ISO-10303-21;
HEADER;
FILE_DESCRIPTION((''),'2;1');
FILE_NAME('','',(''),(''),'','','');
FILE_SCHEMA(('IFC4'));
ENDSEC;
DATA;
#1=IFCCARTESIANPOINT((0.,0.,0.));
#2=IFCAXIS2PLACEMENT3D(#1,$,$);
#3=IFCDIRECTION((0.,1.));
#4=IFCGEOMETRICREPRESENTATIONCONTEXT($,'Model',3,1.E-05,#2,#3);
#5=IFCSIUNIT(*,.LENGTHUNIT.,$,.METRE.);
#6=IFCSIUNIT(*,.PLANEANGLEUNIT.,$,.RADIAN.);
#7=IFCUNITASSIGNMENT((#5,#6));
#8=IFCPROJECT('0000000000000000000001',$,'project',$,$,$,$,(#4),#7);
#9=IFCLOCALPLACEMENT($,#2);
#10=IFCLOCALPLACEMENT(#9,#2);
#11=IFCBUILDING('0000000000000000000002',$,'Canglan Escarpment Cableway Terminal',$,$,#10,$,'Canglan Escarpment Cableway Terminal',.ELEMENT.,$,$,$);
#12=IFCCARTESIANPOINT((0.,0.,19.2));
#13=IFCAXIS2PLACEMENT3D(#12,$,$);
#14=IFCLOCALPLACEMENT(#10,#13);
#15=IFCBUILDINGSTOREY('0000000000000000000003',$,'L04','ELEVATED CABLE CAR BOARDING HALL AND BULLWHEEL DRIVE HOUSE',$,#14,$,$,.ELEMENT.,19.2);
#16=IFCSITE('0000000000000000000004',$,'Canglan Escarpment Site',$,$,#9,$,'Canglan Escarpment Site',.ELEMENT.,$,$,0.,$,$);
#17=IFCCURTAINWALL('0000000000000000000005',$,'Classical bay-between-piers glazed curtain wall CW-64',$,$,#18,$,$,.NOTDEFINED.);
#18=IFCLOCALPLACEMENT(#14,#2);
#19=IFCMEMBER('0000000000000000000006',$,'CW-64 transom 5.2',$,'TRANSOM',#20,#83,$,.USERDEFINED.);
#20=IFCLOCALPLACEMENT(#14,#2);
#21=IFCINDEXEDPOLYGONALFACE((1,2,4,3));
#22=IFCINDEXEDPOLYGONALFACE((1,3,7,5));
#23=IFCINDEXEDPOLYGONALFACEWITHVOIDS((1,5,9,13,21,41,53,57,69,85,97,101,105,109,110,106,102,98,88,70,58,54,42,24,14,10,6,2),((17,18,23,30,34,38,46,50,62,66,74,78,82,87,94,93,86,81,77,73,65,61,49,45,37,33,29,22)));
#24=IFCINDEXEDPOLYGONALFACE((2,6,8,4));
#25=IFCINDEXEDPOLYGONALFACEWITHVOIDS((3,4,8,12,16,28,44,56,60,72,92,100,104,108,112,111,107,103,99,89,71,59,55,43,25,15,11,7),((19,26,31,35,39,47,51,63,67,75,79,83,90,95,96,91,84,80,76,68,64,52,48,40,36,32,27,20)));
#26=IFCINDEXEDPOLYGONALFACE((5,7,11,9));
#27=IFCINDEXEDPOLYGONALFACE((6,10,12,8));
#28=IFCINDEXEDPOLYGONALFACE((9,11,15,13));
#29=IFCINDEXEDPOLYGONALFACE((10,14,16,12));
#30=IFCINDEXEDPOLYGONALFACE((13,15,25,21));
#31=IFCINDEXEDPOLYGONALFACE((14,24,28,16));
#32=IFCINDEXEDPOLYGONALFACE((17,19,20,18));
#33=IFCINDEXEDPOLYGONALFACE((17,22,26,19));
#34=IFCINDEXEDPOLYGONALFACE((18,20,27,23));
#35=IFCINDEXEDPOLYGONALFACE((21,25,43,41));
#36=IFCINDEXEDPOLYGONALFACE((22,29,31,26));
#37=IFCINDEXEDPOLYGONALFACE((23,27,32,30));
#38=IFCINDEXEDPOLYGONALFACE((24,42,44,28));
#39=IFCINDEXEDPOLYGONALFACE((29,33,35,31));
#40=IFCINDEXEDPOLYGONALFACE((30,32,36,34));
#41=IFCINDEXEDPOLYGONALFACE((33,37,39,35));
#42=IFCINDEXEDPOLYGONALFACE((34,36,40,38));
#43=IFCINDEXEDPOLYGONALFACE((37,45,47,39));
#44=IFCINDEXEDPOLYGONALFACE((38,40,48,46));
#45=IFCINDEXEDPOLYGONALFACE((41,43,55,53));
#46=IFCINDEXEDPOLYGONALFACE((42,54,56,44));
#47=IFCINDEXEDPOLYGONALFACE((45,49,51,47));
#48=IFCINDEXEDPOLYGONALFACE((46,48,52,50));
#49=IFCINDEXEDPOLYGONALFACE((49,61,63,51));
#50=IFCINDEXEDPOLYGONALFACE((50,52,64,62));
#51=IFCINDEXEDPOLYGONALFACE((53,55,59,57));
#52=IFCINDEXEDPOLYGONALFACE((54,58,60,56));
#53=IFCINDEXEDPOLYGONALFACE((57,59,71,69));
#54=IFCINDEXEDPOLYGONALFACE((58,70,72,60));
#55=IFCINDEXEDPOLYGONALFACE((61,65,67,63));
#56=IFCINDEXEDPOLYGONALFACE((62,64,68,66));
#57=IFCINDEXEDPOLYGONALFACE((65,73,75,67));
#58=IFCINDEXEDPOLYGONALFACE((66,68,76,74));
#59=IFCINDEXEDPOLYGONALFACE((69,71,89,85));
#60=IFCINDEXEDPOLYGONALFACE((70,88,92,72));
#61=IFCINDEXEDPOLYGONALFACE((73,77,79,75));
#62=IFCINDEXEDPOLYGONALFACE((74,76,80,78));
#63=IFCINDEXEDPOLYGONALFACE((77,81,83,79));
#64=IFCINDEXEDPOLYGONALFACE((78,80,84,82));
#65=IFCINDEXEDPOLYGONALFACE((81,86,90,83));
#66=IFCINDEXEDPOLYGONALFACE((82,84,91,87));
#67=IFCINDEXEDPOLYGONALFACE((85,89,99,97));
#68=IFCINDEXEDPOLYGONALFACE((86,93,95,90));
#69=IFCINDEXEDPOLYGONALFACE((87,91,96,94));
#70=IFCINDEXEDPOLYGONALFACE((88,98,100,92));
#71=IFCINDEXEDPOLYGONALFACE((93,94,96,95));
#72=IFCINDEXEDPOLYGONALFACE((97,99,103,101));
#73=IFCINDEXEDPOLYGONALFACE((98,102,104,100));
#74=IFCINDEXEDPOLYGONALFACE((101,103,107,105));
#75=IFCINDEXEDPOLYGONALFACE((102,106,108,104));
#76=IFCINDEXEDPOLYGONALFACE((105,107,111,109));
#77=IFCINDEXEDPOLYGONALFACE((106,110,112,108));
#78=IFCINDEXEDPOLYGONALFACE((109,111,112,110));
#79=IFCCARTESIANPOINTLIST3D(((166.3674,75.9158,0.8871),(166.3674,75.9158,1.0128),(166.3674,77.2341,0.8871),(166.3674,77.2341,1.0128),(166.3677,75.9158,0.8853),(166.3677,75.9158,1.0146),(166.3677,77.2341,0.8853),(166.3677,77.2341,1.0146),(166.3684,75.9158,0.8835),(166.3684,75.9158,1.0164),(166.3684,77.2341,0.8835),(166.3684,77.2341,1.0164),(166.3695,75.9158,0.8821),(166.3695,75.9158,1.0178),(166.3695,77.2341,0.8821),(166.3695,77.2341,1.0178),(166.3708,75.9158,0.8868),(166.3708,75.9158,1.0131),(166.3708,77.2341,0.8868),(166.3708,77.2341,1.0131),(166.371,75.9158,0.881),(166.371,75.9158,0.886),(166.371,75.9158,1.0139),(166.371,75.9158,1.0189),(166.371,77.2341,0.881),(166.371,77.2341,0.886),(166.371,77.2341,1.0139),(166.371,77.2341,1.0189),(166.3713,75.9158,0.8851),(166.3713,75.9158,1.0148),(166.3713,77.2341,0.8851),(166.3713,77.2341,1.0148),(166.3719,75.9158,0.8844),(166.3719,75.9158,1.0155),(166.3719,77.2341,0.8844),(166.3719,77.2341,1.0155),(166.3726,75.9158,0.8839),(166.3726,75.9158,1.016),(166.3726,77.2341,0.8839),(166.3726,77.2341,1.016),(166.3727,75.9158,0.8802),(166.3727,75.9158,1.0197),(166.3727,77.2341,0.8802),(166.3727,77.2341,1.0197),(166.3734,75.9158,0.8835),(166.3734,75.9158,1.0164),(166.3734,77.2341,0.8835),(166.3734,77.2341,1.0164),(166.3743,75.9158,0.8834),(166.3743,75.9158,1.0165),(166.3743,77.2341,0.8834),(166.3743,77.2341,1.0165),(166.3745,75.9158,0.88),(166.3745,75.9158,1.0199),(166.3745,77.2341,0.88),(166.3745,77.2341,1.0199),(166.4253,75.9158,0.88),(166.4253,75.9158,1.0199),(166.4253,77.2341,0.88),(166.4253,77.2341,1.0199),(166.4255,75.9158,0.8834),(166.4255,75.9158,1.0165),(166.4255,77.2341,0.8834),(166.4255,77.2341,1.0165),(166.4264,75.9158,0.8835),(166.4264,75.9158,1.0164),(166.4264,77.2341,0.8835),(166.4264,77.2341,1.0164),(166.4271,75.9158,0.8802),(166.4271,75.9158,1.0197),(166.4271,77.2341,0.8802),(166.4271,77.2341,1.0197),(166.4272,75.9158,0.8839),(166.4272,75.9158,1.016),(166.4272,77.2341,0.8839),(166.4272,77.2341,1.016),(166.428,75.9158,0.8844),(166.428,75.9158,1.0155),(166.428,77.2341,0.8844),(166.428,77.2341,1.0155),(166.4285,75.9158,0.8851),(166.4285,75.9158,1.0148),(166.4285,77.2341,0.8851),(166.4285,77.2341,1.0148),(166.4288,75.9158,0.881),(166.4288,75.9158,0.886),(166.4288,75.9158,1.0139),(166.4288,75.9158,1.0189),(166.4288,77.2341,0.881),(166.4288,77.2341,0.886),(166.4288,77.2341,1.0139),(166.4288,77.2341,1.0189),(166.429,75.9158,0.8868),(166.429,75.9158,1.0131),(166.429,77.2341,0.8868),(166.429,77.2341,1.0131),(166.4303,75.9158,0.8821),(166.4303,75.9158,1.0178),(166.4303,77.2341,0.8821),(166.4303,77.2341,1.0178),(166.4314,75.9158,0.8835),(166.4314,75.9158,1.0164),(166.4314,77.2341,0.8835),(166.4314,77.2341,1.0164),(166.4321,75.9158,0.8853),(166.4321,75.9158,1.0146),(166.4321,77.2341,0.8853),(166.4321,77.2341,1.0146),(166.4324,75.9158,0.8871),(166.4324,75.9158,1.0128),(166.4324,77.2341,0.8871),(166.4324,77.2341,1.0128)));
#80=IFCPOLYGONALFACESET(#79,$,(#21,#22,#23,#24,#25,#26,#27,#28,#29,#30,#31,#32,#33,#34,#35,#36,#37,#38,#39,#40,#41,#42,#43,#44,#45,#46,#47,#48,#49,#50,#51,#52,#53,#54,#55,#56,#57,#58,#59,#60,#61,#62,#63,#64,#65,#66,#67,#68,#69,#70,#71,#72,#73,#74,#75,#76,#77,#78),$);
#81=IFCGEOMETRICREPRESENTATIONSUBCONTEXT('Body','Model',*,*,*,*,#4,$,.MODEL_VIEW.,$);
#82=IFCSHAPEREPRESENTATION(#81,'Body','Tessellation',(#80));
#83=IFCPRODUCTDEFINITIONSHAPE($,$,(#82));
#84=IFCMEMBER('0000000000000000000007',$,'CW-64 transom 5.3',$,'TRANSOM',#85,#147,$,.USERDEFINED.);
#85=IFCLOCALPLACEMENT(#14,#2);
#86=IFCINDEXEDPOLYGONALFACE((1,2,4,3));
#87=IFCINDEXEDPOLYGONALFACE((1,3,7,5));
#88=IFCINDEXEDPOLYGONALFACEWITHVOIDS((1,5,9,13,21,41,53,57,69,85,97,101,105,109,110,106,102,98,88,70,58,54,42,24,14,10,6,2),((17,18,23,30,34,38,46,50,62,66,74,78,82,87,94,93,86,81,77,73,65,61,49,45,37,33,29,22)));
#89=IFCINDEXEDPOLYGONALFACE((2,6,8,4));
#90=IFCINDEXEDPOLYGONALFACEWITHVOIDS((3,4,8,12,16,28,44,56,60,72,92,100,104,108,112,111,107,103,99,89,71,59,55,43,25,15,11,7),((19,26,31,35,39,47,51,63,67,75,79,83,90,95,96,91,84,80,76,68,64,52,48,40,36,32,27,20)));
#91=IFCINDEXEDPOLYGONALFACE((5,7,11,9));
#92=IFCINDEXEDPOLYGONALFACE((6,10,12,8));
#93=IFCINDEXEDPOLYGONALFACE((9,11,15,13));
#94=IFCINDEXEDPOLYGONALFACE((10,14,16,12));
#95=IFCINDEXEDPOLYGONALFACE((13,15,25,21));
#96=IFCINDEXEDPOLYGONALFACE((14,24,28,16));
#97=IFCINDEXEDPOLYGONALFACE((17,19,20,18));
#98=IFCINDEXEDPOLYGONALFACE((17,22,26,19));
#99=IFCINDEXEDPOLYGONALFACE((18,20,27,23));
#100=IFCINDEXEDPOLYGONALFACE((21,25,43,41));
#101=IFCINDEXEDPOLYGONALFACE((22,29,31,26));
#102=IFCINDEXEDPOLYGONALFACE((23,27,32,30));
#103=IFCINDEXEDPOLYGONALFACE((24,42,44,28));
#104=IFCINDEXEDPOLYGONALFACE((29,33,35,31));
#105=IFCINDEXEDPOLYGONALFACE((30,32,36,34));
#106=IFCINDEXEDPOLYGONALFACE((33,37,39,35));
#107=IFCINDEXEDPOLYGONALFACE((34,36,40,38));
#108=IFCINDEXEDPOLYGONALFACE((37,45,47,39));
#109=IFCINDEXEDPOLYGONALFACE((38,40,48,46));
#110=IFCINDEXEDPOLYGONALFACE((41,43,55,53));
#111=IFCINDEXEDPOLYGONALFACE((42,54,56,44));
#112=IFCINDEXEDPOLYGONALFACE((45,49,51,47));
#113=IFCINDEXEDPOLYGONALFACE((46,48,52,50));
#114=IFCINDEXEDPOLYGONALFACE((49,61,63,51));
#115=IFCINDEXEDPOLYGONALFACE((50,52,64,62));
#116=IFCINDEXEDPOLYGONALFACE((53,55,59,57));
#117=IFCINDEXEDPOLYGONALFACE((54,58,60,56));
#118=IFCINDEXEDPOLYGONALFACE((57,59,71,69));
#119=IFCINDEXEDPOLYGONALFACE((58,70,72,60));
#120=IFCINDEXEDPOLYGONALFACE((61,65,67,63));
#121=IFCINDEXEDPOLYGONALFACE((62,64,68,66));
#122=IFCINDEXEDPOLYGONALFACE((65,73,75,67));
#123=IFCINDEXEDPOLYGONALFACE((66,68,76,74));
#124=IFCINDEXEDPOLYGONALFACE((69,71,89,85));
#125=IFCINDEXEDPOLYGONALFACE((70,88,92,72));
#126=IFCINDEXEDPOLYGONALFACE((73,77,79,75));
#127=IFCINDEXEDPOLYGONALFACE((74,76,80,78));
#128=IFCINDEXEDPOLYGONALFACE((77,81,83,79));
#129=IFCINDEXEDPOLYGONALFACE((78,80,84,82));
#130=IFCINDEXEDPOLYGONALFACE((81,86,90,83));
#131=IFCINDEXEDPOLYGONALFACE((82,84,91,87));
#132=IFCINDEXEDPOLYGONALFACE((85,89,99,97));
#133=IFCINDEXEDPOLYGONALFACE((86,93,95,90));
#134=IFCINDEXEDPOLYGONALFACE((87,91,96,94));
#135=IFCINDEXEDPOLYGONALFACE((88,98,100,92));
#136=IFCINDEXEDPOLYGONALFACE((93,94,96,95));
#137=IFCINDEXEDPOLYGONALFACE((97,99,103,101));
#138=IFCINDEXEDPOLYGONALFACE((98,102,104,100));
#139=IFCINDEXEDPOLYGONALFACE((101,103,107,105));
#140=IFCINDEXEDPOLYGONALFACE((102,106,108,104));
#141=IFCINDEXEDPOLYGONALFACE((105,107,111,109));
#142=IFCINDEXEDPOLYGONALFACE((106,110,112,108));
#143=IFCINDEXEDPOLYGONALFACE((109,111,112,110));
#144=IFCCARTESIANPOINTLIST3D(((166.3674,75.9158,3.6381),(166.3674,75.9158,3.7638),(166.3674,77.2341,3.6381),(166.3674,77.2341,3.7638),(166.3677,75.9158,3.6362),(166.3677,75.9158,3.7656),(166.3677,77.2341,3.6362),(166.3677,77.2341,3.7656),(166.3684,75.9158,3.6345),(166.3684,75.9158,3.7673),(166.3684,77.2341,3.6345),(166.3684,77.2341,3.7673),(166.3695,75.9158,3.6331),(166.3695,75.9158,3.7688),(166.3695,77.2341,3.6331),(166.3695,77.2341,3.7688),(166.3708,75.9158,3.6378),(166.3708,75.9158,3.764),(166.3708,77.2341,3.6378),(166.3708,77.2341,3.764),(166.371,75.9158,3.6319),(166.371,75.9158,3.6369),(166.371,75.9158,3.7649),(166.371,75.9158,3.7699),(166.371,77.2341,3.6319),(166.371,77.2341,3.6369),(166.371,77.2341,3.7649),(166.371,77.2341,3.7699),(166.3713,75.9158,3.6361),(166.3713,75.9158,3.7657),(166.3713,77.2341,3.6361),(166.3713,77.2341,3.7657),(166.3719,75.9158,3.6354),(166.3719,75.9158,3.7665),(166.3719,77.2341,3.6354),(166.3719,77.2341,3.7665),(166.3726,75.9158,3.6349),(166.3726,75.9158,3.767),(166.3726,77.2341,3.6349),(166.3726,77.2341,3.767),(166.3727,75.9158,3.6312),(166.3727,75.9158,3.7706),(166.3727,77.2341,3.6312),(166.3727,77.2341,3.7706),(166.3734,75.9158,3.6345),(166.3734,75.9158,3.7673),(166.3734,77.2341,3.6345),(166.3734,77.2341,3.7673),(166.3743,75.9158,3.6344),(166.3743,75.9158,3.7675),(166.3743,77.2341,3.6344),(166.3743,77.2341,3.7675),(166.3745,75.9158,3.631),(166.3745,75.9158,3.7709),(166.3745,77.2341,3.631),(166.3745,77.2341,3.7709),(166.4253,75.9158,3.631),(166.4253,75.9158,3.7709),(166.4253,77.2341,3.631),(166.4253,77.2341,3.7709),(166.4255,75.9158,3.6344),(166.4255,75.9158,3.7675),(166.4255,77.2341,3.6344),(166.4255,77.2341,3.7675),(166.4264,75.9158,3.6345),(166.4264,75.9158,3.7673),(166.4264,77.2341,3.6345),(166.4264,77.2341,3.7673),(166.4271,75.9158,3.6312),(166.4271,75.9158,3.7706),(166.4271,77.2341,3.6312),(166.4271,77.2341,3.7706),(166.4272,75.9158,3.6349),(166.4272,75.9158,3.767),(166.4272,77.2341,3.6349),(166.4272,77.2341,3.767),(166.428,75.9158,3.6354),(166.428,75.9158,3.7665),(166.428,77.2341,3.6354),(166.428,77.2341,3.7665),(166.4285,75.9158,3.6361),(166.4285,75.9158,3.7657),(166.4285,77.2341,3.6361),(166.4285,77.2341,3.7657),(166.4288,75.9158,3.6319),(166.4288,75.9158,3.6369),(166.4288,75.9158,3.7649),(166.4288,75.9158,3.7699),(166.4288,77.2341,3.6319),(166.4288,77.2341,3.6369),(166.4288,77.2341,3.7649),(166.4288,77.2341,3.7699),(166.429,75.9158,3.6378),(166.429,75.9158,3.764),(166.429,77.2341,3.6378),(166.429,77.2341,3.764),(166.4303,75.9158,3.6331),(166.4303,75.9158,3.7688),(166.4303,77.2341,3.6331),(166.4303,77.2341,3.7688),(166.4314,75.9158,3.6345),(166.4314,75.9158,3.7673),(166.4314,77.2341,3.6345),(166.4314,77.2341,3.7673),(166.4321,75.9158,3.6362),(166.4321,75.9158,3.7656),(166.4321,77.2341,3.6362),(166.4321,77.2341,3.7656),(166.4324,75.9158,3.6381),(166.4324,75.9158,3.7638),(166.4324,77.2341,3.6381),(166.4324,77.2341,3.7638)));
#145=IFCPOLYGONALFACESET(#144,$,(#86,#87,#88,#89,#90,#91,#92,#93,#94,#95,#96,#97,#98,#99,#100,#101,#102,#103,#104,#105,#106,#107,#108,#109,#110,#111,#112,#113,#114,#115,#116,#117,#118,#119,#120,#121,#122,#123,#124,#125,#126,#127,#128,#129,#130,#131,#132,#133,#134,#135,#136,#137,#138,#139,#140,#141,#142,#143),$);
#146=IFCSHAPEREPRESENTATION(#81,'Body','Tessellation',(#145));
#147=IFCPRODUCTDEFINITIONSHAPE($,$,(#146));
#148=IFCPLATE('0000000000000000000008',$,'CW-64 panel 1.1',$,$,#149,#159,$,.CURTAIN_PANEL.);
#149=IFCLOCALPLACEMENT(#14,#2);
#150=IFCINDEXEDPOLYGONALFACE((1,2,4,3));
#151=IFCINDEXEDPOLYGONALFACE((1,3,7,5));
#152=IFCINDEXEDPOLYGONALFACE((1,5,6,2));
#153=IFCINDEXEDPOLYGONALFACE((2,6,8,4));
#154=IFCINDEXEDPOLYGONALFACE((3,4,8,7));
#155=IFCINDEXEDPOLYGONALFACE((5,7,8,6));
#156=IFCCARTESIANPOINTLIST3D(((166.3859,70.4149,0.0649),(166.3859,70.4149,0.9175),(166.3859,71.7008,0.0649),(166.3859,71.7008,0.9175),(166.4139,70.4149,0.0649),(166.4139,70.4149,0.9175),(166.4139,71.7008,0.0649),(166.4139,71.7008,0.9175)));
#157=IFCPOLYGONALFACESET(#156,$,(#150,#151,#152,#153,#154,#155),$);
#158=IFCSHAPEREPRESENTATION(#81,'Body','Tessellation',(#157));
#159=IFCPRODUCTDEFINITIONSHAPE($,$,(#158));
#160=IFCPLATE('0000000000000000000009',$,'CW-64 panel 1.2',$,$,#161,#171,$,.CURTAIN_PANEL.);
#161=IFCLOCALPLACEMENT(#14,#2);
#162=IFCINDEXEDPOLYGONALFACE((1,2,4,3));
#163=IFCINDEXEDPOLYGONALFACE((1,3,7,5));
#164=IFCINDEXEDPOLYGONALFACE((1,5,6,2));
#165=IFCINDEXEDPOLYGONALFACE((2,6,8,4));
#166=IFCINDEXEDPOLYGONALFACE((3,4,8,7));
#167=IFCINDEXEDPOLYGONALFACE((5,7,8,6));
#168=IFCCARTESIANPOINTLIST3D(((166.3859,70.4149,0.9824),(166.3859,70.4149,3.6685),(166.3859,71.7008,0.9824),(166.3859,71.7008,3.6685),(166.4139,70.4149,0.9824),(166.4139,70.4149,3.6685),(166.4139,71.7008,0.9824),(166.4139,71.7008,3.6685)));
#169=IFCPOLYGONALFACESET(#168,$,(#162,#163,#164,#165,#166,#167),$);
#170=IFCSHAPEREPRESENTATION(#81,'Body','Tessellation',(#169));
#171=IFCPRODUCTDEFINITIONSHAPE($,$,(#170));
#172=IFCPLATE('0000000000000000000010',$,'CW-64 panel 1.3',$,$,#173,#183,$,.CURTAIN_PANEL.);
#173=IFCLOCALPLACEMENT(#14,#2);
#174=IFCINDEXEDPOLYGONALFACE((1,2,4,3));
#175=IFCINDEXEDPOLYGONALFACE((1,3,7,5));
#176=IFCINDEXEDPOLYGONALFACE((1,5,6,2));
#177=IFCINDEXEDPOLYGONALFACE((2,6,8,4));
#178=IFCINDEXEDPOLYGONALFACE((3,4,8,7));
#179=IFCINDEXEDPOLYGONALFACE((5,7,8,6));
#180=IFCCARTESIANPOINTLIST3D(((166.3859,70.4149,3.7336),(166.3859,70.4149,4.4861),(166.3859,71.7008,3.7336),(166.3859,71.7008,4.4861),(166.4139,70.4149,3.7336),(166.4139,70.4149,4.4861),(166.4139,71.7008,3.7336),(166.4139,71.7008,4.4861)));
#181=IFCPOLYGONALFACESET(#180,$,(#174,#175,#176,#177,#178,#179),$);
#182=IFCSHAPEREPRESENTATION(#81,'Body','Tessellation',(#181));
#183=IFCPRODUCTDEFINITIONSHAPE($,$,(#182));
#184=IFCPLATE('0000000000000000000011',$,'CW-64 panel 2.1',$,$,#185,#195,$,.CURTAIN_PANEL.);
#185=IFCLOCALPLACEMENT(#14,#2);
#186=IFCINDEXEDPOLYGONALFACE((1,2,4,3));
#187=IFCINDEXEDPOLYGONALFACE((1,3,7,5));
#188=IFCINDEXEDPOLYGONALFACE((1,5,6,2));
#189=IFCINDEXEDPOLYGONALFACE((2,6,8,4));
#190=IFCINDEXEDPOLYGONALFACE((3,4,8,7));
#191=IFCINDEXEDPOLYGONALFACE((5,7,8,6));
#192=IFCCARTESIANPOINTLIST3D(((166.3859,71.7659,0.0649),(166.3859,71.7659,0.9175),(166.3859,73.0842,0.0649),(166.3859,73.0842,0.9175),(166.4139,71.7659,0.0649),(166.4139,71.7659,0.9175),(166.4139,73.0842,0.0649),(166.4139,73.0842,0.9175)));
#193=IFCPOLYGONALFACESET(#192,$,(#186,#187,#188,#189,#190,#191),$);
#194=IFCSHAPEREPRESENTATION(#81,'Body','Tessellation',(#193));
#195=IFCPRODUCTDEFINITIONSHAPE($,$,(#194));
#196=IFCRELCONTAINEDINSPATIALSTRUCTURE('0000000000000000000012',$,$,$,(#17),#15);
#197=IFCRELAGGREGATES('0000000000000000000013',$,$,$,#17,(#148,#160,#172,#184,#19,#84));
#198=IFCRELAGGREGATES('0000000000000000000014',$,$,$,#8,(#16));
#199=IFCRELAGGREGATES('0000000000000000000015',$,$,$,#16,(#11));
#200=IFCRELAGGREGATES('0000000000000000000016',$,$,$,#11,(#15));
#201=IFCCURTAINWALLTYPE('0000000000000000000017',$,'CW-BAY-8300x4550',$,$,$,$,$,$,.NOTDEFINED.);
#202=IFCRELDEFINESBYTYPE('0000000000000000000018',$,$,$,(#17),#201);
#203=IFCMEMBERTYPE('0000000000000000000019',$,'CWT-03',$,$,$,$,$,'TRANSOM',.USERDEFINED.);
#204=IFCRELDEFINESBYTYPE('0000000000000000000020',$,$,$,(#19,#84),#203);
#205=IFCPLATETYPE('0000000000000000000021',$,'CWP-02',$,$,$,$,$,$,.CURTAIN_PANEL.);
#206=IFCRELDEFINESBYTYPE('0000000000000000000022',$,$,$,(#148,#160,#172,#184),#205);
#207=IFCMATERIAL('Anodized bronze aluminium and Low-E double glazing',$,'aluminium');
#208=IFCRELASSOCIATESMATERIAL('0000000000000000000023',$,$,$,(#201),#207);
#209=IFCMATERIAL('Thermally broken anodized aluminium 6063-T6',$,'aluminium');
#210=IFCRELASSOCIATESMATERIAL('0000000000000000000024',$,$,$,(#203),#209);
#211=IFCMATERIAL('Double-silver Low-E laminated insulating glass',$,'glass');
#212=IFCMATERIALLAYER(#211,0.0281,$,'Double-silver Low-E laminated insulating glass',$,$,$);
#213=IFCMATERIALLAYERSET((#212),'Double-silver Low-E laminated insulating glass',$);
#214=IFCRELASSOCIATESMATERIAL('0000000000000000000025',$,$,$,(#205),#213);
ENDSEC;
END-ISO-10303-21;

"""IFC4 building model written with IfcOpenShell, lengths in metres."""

from ifc_helpers import new_model, si_unit, direction, frame, origin, origin_2d, place, context, subcontext, project, spatial, rectangle, hollow_rectangle, extrude, material, layer, layer_set, material_profile, profile_set, type_object, element, aggregate, save


model = new_model("IFC4")

# Units and contexts
model_context = context("Model", 3, precision=1e-05, world=origin(), true_north=direction((0.0, 1.0)))
body_context = subcontext(model_context, "Body", "Model", "MODEL_VIEW")
ifc_project = project(units=[si_unit("LENGTHUNIT", "METRE"), si_unit("PLANEANGLEUNIT", "RADIAN")], contexts=[model_context])

# Site, building, storey
site_placement = place(None, origin())
site = spatial("IfcSite", under=ifc_project, at=site_placement, Name="Canglan Escarpment Site", LongName="Canglan Escarpment Site", CompositionType="ELEMENT", RefElevation=0.0)
building_placement = place(site_placement, origin())
building = spatial("IfcBuilding", under=site, at=building_placement, Name="Canglan Escarpment Cableway Terminal", LongName="Canglan Escarpment Cableway Terminal", CompositionType="ELEMENT")
storey_placement = place(building_placement, frame((0.0, 0.0, 19.2)))
storey = spatial("IfcBuildingStorey", under=building, at=storey_placement, Name="L04", Description="ELEVATED CABLE CAR BOARDING HALL AND BULLWHEEL DRIVE HOUSE", CompositionType="ELEMENT", Elevation=19.2)

# Curtain wall, members, plates
ifc_material_1 = material(Name="Anodized bronze aluminium and Low-E double glazing", Category="aluminium")
curtain_wall_type = type_object("IfcCurtainWallType", Name="CW-BAY-8300x4550", PredefinedType="NOTDEFINED", material=ifc_material_1)
curtain_wall_placement = place(storey_placement, origin())
curtain_wall = element("IfcCurtainWall", 1, at=curtain_wall_placement, inside=storey, type_object=curtain_wall_type, Name="Classical bay-between-piers glazed curtain wall CW-64", PredefinedType="NOTDEFINED")
ifc_material_2 = material(Name="Thermally broken anodized aluminium 6063-T6", Category="aluminium")
ifc_material_profile_1 = material_profile(ifc_material_2, hollow_rectangle(XDim=0.0649, YDim=0.1399, WallThickness=0.0034, InnerFilletRadius=0.0034, OuterFilletRadius=0.0071, at=origin_2d()), Name="ALU-TRAN 65x140x3.5")
ifc_profile_set_1 = profile_set([ifc_material_profile_1], Name="Thermally broken anodized aluminium 6063-T6")
member_type_1 = type_object("IfcMemberType", Name="CWT-03", ElementType="TRANSOM", PredefinedType="USERDEFINED", material=ifc_profile_set_1)
member_1_placement = place(storey_placement, frame((166.3999, 75.9158, 0.95), z_axis=(0.0, 1.0, 0.0), x_axis=(-1.0, 0.0, 0.0)))
member_1 = element("IfcMember", 2, at=member_1_placement, type_object=member_type_1, Name="CW-64 transom 5.2", ObjectType="TRANSOM", PredefinedType="USERDEFINED", context=body_context, shape_type="SweptSolid", body=[
    extrude(hollow_rectangle(XDim=0.0649, YDim=0.1399, WallThickness=0.0034, InnerFilletRadius=0.0034, OuterFilletRadius=0.0071, at=origin_2d()), origin(), (0.0, 0.0, 1.0), 1.3184),
])
member_2_placement = place(storey_placement, frame((166.3999, 75.9158, 3.7009), z_axis=(0.0, 1.0, 0.0), x_axis=(-1.0, 0.0, 0.0)))
member_2 = element("IfcMember", 3, at=member_2_placement, type_object=member_type_1, Name="CW-64 transom 5.3", ObjectType="TRANSOM", PredefinedType="USERDEFINED", context=body_context, shape_type="SweptSolid", body=[
    extrude(hollow_rectangle(XDim=0.0649, YDim=0.1399, WallThickness=0.0034, InnerFilletRadius=0.0034, OuterFilletRadius=0.0071, at=origin_2d()), origin(), (0.0, 0.0, 1.0), 1.3184),
])
ifc_material_3 = material(Name="Double-silver Low-E laminated insulating glass", Category="glass")
ifc_layer = layer(ifc_material_3, 0.0281, Name="Double-silver Low-E laminated insulating glass")
ifc_layer_set = layer_set([ifc_layer], Name="Double-silver Low-E laminated insulating glass")
plate_type = type_object("IfcPlateType", Name="CWP-02", PredefinedType="CURTAIN_PANEL", material=ifc_layer_set)
plate_1_placement = place(storey_placement, frame((166.3999, 71.0579, 0.0649), z_axis=(0.0, 0.0, 1.0), x_axis=(0.0, 1.0, 0.0)))
plate_1 = element("IfcPlate", 4, at=plate_1_placement, type_object=plate_type, Name="CW-64 panel 1.1", PredefinedType="CURTAIN_PANEL", context=body_context, shape_type="SweptSolid", body=[
    extrude(rectangle(XDim=1.2859, YDim=0.0281, at=origin_2d()), origin(), (0.0, 0.0, 1.0), 0.8525),
])
plate_2_placement = place(storey_placement, frame((166.3999, 71.0579, 0.9824), z_axis=(0.0, 0.0, 1.0), x_axis=(0.0, 1.0, 0.0)))
plate_2 = element("IfcPlate", 5, at=plate_2_placement, type_object=plate_type, Name="CW-64 panel 1.2", PredefinedType="CURTAIN_PANEL", context=body_context, shape_type="SweptSolid", body=[
    extrude(rectangle(XDim=1.2859, YDim=0.0281, at=origin_2d()), origin(), (0.0, 0.0, 1.0), 2.686),
])
plate_3_placement = place(storey_placement, frame((166.3999, 71.0579, 3.7336), z_axis=(0.0, 0.0, 1.0), x_axis=(0.0, 1.0, 0.0)))
plate_3 = element("IfcPlate", 6, at=plate_3_placement, type_object=plate_type, Name="CW-64 panel 1.3", PredefinedType="CURTAIN_PANEL", context=body_context, shape_type="SweptSolid", body=[
    extrude(rectangle(XDim=1.2859, YDim=0.0281, at=origin_2d()), origin(), (0.0, 0.0, 1.0), 0.7524),
])
plate_4_placement = place(storey_placement, frame((166.3999, 72.425, 0.0649), z_axis=(0.0, 0.0, 1.0), x_axis=(0.0, 1.0, 0.0)))
plate_4 = element("IfcPlate", 7, at=plate_4_placement, type_object=plate_type, Name="CW-64 panel 2.1", PredefinedType="CURTAIN_PANEL", context=body_context, shape_type="SweptSolid", body=[
    extrude(rectangle(XDim=1.3184, YDim=0.0281, at=origin_2d()), origin(), (0.0, 0.0, 1.0), 0.8525),
])
aggregate(curtain_wall, [plate_1, plate_2, plate_3, plate_4, member_1, member_2])

save(model, "model.ifc")
